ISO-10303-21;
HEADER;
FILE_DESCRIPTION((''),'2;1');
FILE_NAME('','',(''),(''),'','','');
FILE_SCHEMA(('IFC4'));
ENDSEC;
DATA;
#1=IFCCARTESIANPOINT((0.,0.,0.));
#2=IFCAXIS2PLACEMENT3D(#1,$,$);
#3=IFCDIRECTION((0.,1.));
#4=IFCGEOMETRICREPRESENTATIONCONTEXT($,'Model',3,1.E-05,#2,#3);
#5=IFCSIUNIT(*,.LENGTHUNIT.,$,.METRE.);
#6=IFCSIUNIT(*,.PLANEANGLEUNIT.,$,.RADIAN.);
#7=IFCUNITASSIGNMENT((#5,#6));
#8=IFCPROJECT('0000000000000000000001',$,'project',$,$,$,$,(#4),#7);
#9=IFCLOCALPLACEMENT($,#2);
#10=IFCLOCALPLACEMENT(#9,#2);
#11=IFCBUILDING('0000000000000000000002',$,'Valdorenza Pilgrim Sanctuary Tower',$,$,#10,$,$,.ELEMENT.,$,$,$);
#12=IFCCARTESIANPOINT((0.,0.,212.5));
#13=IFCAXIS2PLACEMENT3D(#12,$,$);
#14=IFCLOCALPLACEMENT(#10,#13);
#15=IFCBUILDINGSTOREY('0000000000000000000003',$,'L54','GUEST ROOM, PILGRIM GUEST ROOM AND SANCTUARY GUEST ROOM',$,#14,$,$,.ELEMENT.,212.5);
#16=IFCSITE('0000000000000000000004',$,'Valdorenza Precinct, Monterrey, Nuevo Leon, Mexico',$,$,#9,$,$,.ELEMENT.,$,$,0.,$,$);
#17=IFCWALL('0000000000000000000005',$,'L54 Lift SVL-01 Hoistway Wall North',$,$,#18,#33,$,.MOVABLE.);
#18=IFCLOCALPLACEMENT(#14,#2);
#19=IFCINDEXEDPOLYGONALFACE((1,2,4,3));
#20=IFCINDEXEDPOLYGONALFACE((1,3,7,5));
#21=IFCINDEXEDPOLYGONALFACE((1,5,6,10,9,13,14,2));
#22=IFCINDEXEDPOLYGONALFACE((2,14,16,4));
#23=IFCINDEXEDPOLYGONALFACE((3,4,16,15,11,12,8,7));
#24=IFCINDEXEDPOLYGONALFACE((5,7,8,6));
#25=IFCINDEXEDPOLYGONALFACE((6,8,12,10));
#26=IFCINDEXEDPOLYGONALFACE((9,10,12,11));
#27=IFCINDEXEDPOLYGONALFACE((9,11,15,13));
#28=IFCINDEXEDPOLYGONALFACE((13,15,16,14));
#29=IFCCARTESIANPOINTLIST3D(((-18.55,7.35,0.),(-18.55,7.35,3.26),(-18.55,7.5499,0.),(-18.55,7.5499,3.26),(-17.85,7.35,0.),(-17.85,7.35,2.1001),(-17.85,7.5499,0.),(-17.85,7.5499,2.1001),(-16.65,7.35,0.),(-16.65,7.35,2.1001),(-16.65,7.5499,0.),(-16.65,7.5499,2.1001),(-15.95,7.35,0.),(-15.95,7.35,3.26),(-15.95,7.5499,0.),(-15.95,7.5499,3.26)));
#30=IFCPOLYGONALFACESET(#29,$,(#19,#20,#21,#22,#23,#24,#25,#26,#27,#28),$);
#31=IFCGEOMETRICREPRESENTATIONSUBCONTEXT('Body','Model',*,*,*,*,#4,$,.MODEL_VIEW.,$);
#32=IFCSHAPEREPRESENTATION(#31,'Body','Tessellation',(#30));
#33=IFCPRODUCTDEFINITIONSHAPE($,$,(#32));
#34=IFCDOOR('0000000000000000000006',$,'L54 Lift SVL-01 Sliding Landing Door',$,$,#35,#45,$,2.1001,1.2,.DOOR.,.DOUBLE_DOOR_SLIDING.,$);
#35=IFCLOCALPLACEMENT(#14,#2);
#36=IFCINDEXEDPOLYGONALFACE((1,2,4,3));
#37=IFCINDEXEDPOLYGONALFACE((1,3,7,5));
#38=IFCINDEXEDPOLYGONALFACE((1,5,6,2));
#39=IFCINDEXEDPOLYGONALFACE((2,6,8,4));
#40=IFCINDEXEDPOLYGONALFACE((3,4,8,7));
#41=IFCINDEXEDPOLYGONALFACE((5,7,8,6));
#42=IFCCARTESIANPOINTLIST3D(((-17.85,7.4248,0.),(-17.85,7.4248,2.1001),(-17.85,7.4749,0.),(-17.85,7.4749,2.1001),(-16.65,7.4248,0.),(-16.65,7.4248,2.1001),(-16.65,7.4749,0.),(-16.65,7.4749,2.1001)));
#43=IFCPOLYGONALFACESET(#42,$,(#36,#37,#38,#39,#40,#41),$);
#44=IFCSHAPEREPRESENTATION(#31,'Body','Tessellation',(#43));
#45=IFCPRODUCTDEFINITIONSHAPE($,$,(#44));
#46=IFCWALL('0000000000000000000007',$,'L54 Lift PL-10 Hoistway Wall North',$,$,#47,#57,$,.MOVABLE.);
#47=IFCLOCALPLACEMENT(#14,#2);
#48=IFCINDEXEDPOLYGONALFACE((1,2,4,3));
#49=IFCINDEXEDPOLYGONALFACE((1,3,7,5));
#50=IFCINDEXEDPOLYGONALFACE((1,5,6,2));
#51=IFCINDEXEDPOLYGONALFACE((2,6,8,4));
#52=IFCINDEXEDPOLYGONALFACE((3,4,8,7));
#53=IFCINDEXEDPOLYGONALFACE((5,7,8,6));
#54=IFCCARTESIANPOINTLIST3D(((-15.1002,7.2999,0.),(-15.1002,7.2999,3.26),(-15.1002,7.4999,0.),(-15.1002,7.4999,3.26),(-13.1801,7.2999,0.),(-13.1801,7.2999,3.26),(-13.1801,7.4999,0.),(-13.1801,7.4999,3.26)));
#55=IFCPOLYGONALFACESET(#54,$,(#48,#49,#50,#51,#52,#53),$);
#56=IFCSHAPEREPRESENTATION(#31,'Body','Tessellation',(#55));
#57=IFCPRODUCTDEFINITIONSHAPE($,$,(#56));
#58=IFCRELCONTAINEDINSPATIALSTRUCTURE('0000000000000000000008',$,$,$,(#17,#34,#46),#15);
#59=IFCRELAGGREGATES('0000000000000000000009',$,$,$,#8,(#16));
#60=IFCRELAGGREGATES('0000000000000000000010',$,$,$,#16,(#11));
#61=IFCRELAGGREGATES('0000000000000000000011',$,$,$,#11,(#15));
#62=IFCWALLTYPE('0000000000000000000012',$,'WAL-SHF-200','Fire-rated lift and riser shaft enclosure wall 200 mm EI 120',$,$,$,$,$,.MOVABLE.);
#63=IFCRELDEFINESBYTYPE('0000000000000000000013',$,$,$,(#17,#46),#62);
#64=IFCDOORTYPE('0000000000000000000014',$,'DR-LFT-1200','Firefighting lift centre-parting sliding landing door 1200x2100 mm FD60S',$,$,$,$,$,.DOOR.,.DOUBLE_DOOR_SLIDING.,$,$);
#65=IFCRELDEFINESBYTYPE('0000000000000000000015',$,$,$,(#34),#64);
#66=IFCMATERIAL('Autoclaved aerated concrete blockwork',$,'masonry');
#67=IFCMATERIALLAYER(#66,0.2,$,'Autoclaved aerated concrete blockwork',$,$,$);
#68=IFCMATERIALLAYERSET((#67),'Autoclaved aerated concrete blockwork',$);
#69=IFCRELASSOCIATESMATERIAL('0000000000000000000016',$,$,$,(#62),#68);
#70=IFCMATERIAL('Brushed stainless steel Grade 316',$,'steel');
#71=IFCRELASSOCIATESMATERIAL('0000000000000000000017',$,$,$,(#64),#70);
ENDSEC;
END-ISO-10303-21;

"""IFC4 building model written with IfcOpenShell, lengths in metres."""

from ifc_helpers import new_model, si_unit, direction, frame, frame_2d, origin, place, context, subcontext, project, spatial, rectangle, extrude, material, layer, layer_set, type_object, element, fill, save


model = new_model("IFC4")

# Units and contexts
model_context = context("Model", 3, precision=1e-05, world=origin(), true_north=direction((0.0, 1.0)))
body_context = subcontext(model_context, "Body", "Model", "MODEL_VIEW")
ifc_project = project(units=[si_unit("LENGTHUNIT", "METRE"), si_unit("PLANEANGLEUNIT", "RADIAN")], contexts=[model_context])

# Site, building, storey
site_placement = place(None, origin())
site = spatial("IfcSite", under=ifc_project, at=site_placement, Name="Valdorenza Precinct, Monterrey, Nuevo Leon, Mexico", CompositionType="ELEMENT", RefElevation=0.0)
building_placement = place(site_placement, origin())
building = spatial("IfcBuilding", under=site, at=building_placement, Name="Valdorenza Pilgrim Sanctuary Tower", CompositionType="ELEMENT")
storey_placement = place(building_placement, frame((0.0, 0.0, 212.5)))
storey = spatial("IfcBuildingStorey", under=building, at=storey_placement, Name="L54", Description="GUEST ROOM, PILGRIM GUEST ROOM AND SANCTUARY GUEST ROOM", CompositionType="ELEMENT", Elevation=212.5)

# Wall, opening, door
ifc_material_1 = material(Name="Autoclaved aerated concrete blockwork", Category="masonry")
ifc_layer_1 = layer(ifc_material_1, 0.2, Name="Autoclaved aerated concrete blockwork")
ifc_layer_set_1 = layer_set([ifc_layer_1], Name="Autoclaved aerated concrete blockwork")
wall_type_1 = type_object("IfcWallType", Name="WAL-SHF-200", Description="Fire-rated lift and riser shaft enclosure wall 200 mm EI 120", PredefinedType="MOVABLE", material=ifc_layer_set_1)
wall_1_placement = place(storey_placement, frame((-18.55, 7.45, 0.0), z_axis=(0.0, 0.0, 1.0), x_axis=(1.0, 0.0, 0.0)))
wall_1 = element("IfcWall", 1, at=wall_1_placement, inside=storey, type_object=wall_type_1, Name="L54 Lift SVL-01 Hoistway Wall North", PredefinedType="MOVABLE", context=body_context, shape_type="SweptSolid", body=[
    extrude(rectangle(XDim=2.6001, YDim=0.2, at=frame_2d((1.3, 0.0))), origin(), (0.0, 0.0, 1.0), 3.26),
])
opening_1_placement = place(wall_1_placement, frame((0.7, 0.0, 0.0)))
opening_1 = element("IfcOpeningElement", 2, at=opening_1_placement, cuts=wall_1, PredefinedType="OPENING", context=body_context, shape_type="SweptSolid", body=[
    extrude(rectangle(XDim=1.2, YDim=2.1001, at=frame_2d((0.6001, 1.05))), frame((0.0, 0.1147, 0.0), z_axis=(0.0, -1.0, 0.0), x_axis=(1.0, 0.0, 0.0)), (0.0, 0.0, 1.0), 0.2297),
])
ifc_material_2 = material(Name="Brushed stainless steel Grade 316", Category="steel")
door_type_1 = type_object("IfcDoorType", Name="DR-LFT-1200", Description="Firefighting lift centre-parting sliding landing door 1200x2100 mm FD60S", OperationType="DOUBLE_DOOR_SLIDING", PredefinedType="DOOR", material=ifc_material_2)
door_1_placement = place(opening_1_placement, origin())
door_1 = element("IfcDoor", 3, at=door_1_placement, inside=storey, type_object=door_type_1, Name="L54 Lift SVL-01 Sliding Landing Door", OperationType="DOUBLE_DOOR_SLIDING", OverallHeight=2.1001, OverallWidth=1.2, PredefinedType="DOOR", context=body_context, shape_type="SweptSolid", body=[
    extrude(rectangle(XDim=1.2, YDim=2.1001, at=frame_2d((0.6001, 1.05))), frame((0.0, 0.0249, 0.0), z_axis=(0.0, -1.0, 0.0), x_axis=(1.0, 0.0, 0.0)), (0.0, 0.0, 1.0), 0.05),
])
fill(opening_1, door_1)

# Wall
wall_2_placement = place(storey_placement, frame((-15.1001, 7.3999, 0.0), z_axis=(0.0, 0.0, 1.0), x_axis=(1.0, 0.0, 0.0)))
element("IfcWall", 4, at=wall_2_placement, inside=storey, type_object=wall_type_1, Name="L54 Lift PL-10 Hoistway Wall North", PredefinedType="MOVABLE", context=body_context, shape_type="SweptSolid", body=[
    extrude(rectangle(XDim=1.9202, YDim=0.2, at=frame_2d((0.96, 0.0))), origin(), (0.0, 0.0, 1.0), 3.26),
])

save(model, "model.ifc")
